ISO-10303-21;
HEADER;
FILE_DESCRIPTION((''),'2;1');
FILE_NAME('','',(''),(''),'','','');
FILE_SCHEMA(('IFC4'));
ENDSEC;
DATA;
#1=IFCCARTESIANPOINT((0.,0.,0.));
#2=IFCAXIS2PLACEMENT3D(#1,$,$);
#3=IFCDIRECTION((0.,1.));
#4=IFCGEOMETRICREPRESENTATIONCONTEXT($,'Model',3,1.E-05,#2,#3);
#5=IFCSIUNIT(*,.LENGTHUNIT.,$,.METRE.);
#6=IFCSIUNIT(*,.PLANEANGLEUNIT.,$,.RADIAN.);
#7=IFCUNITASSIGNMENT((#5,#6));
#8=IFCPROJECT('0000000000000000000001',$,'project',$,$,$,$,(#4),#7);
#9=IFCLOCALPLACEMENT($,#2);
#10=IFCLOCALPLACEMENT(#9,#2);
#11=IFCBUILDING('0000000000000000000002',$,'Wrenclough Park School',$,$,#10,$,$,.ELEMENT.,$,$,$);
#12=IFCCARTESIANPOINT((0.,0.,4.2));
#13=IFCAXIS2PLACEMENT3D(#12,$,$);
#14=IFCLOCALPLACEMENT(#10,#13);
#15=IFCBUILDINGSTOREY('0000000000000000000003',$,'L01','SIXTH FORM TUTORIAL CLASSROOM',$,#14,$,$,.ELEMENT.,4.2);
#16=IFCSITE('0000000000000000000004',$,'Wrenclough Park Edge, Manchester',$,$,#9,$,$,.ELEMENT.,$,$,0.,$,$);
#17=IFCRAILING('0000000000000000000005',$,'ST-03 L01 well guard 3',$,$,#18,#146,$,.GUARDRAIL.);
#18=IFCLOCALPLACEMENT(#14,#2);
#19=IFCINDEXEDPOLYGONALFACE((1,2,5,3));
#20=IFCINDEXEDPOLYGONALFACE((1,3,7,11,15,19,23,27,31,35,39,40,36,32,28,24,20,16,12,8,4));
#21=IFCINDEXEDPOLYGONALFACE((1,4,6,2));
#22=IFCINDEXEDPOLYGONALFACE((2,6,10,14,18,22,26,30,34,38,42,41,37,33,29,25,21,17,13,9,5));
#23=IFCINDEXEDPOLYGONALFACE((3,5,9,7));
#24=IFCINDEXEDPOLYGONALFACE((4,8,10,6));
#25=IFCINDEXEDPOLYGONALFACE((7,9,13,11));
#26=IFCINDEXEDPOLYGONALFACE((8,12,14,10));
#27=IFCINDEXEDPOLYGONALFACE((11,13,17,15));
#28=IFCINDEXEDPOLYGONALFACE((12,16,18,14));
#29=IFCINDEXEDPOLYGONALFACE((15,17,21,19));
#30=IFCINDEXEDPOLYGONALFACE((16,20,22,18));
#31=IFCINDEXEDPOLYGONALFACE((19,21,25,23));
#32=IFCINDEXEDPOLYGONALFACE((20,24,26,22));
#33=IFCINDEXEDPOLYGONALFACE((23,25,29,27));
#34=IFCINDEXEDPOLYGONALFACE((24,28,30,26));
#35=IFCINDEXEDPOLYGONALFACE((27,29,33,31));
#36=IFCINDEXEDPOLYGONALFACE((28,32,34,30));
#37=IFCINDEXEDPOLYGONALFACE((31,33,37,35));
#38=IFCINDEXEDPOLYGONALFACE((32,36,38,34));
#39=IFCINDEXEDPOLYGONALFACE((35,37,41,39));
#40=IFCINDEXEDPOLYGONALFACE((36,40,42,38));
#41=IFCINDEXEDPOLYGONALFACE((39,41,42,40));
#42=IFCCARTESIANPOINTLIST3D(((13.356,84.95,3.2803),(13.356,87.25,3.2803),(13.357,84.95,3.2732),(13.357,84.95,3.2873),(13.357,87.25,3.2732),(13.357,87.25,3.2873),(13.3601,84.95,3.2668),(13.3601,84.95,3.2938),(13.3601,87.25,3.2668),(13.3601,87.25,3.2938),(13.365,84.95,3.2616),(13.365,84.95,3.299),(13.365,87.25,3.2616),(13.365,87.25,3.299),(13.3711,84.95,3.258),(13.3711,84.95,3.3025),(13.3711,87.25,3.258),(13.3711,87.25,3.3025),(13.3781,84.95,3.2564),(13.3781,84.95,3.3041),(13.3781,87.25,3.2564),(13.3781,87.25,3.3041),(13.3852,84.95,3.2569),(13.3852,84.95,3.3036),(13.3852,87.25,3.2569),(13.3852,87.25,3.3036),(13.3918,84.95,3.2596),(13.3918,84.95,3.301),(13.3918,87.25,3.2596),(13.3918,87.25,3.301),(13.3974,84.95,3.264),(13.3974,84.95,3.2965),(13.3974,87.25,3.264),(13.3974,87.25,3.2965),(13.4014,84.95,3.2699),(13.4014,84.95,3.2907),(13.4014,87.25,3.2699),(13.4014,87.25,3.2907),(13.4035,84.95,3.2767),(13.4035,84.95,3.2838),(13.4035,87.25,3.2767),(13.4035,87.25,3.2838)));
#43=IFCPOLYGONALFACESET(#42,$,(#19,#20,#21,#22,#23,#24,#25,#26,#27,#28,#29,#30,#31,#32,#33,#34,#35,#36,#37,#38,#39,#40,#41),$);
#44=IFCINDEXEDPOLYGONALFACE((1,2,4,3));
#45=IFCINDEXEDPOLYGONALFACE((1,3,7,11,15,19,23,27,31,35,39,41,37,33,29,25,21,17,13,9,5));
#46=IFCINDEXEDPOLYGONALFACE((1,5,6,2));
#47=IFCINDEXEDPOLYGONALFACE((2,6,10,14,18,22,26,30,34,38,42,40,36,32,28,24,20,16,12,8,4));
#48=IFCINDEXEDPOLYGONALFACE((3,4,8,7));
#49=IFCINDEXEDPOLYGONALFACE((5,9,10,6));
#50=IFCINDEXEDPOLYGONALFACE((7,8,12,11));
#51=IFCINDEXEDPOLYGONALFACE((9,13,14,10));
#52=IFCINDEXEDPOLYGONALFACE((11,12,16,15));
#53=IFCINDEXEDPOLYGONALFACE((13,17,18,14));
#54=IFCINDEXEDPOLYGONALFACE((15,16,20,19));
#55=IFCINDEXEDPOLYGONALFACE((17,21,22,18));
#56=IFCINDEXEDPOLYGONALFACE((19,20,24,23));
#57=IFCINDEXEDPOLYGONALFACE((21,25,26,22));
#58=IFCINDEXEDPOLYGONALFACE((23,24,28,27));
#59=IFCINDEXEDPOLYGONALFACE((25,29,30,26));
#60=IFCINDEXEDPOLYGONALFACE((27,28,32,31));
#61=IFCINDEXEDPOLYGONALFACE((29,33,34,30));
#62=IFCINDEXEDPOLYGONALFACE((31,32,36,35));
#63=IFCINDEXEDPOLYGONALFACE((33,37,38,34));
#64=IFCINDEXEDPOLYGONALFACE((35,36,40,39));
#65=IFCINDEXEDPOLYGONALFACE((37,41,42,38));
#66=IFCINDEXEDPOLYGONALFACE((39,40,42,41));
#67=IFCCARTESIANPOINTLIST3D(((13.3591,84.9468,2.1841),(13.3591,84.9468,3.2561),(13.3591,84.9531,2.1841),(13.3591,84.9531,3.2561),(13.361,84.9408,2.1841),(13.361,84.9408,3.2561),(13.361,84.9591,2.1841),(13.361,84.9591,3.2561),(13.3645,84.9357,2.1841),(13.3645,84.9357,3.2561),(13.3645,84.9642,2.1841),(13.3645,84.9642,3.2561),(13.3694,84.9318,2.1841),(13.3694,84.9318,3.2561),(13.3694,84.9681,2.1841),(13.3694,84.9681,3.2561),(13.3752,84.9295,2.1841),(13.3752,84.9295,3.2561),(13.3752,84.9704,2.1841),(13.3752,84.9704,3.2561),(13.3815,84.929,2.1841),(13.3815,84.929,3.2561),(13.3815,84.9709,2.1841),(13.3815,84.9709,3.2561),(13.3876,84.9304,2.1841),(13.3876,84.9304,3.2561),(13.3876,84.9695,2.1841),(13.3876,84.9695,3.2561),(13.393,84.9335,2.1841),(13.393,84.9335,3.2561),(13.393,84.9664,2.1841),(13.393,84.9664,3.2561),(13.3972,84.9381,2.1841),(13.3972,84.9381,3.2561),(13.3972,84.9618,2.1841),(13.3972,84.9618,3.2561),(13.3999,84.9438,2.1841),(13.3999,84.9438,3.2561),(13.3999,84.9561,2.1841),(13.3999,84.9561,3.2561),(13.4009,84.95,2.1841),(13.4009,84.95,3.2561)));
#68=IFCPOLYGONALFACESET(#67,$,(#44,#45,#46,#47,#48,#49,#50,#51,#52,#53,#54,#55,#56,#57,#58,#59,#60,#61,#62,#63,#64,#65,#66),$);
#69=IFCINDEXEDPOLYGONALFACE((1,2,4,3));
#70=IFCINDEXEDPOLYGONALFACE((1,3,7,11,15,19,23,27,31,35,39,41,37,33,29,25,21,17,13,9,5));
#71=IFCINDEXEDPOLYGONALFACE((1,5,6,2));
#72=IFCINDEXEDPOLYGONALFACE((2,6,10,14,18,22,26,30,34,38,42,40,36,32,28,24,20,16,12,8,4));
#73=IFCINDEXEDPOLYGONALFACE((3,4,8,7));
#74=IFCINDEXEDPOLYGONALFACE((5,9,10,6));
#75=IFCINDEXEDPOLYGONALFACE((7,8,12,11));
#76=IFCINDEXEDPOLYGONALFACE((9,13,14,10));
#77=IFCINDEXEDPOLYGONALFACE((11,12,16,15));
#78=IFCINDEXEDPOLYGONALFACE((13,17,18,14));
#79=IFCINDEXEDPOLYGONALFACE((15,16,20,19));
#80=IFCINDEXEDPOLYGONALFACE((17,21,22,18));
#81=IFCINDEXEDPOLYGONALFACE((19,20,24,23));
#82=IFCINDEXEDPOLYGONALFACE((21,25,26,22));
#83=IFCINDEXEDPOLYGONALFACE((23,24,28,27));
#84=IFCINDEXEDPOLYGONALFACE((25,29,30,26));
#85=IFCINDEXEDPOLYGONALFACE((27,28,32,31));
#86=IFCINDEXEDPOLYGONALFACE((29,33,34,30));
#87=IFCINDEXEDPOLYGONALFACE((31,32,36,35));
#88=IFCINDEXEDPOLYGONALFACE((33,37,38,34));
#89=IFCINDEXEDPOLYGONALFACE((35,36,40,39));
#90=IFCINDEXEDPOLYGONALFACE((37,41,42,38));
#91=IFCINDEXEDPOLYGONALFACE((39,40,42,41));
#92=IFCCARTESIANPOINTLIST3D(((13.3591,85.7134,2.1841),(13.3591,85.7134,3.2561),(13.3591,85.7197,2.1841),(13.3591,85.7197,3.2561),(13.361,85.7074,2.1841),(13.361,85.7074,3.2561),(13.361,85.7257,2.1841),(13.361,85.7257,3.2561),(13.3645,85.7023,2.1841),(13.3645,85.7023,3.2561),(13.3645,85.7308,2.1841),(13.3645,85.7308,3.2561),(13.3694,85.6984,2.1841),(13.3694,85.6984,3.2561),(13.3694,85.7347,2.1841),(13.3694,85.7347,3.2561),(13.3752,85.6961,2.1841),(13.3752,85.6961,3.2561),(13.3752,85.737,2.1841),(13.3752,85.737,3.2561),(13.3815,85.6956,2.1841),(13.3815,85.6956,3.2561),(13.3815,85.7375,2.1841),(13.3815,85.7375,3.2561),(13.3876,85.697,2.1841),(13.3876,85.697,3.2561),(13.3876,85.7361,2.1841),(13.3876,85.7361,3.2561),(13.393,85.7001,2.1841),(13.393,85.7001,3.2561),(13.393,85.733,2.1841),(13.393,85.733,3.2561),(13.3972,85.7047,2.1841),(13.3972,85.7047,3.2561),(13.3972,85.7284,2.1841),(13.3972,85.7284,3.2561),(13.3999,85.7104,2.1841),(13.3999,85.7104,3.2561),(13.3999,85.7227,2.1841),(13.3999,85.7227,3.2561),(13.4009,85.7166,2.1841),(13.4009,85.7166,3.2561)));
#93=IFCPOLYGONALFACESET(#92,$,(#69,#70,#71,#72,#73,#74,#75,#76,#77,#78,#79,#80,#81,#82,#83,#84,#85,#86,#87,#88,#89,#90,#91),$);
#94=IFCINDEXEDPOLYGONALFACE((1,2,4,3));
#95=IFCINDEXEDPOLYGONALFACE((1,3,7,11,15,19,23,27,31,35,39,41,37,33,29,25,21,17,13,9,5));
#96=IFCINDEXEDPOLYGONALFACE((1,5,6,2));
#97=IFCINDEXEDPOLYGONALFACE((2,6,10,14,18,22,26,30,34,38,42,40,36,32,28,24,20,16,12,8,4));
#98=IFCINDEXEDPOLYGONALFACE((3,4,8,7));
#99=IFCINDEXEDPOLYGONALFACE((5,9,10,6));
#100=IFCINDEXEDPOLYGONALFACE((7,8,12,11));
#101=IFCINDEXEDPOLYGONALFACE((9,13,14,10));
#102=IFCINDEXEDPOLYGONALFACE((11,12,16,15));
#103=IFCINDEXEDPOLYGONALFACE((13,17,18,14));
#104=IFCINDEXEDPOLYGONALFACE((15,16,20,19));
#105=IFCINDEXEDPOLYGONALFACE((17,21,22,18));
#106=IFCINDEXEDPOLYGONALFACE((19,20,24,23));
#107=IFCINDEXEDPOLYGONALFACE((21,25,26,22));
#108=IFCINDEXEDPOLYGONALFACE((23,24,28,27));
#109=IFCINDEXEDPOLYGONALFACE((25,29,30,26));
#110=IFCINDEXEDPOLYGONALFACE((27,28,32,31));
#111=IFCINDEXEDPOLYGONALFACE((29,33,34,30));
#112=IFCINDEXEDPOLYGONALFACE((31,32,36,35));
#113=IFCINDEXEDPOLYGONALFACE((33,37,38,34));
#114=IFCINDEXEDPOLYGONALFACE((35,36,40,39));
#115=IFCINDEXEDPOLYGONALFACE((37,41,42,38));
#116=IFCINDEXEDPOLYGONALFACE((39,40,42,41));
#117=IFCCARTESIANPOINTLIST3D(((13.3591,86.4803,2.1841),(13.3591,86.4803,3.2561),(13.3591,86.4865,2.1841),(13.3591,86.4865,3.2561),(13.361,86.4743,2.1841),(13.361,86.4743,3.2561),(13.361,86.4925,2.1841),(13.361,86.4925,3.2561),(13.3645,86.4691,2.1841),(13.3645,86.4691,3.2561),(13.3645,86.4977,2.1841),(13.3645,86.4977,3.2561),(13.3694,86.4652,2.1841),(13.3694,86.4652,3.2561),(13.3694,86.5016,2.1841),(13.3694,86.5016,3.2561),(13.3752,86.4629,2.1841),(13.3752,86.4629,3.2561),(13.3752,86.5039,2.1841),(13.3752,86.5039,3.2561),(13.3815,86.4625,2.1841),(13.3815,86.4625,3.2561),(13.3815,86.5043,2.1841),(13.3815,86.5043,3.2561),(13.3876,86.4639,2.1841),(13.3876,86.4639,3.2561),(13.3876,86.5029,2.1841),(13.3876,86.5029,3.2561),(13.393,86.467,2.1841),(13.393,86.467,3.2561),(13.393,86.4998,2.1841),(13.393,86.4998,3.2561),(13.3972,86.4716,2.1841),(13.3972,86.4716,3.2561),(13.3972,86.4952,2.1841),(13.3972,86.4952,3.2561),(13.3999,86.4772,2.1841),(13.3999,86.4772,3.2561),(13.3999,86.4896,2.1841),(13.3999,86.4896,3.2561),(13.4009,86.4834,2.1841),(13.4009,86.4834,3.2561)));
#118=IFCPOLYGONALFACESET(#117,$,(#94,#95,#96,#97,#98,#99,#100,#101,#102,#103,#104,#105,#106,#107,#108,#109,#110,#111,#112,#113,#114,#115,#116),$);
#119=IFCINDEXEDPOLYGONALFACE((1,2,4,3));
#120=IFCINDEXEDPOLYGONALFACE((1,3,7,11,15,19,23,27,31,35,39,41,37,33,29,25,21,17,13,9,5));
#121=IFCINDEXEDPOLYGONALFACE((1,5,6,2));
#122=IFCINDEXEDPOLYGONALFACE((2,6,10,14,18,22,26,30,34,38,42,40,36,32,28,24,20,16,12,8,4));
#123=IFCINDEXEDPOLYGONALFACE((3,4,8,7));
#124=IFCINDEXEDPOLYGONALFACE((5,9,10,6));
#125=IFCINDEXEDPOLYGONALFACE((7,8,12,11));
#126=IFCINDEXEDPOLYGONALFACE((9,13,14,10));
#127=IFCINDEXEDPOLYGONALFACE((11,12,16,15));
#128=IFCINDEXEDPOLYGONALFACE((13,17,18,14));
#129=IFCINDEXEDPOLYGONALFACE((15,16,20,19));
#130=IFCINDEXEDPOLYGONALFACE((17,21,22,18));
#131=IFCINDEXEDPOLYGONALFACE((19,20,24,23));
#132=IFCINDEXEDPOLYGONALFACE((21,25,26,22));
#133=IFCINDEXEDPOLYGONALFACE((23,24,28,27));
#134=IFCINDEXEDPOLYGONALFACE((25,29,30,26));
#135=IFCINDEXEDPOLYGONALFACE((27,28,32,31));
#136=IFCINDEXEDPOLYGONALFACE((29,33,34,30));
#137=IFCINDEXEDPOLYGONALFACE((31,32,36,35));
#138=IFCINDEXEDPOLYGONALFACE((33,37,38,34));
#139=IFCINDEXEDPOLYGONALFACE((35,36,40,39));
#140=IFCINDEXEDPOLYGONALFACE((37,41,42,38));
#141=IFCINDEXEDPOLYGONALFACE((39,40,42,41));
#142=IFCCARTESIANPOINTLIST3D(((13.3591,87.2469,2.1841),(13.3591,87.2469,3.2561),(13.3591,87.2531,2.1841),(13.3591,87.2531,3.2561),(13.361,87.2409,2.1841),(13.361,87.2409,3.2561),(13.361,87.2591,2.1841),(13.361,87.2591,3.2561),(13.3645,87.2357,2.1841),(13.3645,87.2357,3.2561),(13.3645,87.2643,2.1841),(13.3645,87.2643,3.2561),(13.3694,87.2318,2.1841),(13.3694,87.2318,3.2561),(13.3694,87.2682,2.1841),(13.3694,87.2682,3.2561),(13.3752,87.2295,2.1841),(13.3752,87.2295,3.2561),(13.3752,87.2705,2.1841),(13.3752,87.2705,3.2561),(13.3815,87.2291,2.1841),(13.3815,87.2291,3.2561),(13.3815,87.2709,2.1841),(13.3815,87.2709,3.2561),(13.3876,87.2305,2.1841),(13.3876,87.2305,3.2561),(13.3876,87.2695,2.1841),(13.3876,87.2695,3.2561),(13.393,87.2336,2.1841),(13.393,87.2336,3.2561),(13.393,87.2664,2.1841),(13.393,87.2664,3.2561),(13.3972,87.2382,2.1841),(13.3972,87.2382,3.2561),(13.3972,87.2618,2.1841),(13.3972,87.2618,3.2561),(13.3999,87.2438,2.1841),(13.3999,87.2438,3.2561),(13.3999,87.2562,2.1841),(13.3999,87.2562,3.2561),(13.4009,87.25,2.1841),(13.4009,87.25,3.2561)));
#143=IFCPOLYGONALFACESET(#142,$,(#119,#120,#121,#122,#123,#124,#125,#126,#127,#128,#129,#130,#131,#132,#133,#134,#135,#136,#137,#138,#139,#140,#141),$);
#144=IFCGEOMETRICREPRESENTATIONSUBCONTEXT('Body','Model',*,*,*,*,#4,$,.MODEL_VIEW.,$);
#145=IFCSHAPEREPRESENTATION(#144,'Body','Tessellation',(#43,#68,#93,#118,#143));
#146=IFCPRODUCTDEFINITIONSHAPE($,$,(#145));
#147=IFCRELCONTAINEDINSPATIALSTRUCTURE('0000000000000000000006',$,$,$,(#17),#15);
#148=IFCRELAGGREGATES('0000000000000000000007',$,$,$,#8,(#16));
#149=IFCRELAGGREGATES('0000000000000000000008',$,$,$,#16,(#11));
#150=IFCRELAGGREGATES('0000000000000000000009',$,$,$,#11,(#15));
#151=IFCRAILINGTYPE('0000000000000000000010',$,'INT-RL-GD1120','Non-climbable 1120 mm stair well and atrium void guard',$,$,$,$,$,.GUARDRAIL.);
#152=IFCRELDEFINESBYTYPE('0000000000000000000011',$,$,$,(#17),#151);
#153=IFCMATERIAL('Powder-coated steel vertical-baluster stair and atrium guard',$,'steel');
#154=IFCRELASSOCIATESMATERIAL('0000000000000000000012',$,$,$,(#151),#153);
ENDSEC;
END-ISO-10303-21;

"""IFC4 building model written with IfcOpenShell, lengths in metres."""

from ifc_helpers import new_model, si_unit, direction, frame, origin, origin_2d, place, context, subcontext, project, spatial, circle, extrude, material, type_object, element, save


model = new_model("IFC4")

# Units and contexts
model_context = context("Model", 3, precision=1e-05, world=origin(), true_north=direction((0.0, 1.0)))
body_context = subcontext(model_context, "Body", "Model", "MODEL_VIEW")
ifc_project = project(units=[si_unit("LENGTHUNIT", "METRE"), si_unit("PLANEANGLEUNIT", "RADIAN")], contexts=[model_context])

# Site, building, storey
site_placement = place(None, origin())
site = spatial("IfcSite", under=ifc_project, at=site_placement, Name="Wrenclough Park Edge, Manchester", CompositionType="ELEMENT", RefElevation=0.0)
building_placement = place(site_placement, origin())
building = spatial("IfcBuilding", under=site, at=building_placement, Name="Wrenclough Park School", CompositionType="ELEMENT")
storey_placement = place(building_placement, frame((0.0, 0.0, 4.2)))
storey = spatial("IfcBuildingStorey", under=building, at=storey_placement, Name="L01", Description="SIXTH FORM TUTORIAL CLASSROOM", CompositionType="ELEMENT", Elevation=4.2)

# Railing
ifc_material_1 = material(Name="Powder-coated steel vertical-baluster stair and atrium guard", Category="steel")
railing_type_1 = type_object("IfcRailingType", Name="INT-RL-GD1120", Description="Non-climbable 1120 mm stair well and atrium void guard", PredefinedType="GUARDRAIL", material=ifc_material_1)
railing_1_placement = place(storey_placement, frame((13.3799, 84.95, 2.1841)))
element("IfcRailing", 1, at=railing_1_placement, inside=storey, type_object=railing_type_1, Name="ST-03 L01 well guard 3", PredefinedType="GUARDRAIL", context=body_context, shape_type="SweptSolid", body=[
    extrude(circle(Radius=0.0239, at=origin_2d()), frame((0.0, 0.0, 1.0962), z_axis=(0.0, 1.0, 0.0), x_axis=(-1.0, 0.0, 0.0)), (0.0, 0.0, 1.0), 2.3),
    extrude(circle(Radius=0.021, at=origin_2d()), origin(), (0.0, 0.0, 1.0), 1.072),
    extrude(circle(Radius=0.021, at=origin_2d()), frame((0.0, 0.7666, 0.0)), (0.0, 0.0, 1.0), 1.072),
    extrude(circle(Radius=0.021, at=origin_2d()), frame((0.0, 1.5334, 0.0)), (0.0, 0.0, 1.0), 1.072),
    extrude(circle(Radius=0.021, at=origin_2d()), frame((0.0, 2.3, 0.0)), (0.0, 0.0, 1.0), 1.072),
])

save(model, "model.ifc")
